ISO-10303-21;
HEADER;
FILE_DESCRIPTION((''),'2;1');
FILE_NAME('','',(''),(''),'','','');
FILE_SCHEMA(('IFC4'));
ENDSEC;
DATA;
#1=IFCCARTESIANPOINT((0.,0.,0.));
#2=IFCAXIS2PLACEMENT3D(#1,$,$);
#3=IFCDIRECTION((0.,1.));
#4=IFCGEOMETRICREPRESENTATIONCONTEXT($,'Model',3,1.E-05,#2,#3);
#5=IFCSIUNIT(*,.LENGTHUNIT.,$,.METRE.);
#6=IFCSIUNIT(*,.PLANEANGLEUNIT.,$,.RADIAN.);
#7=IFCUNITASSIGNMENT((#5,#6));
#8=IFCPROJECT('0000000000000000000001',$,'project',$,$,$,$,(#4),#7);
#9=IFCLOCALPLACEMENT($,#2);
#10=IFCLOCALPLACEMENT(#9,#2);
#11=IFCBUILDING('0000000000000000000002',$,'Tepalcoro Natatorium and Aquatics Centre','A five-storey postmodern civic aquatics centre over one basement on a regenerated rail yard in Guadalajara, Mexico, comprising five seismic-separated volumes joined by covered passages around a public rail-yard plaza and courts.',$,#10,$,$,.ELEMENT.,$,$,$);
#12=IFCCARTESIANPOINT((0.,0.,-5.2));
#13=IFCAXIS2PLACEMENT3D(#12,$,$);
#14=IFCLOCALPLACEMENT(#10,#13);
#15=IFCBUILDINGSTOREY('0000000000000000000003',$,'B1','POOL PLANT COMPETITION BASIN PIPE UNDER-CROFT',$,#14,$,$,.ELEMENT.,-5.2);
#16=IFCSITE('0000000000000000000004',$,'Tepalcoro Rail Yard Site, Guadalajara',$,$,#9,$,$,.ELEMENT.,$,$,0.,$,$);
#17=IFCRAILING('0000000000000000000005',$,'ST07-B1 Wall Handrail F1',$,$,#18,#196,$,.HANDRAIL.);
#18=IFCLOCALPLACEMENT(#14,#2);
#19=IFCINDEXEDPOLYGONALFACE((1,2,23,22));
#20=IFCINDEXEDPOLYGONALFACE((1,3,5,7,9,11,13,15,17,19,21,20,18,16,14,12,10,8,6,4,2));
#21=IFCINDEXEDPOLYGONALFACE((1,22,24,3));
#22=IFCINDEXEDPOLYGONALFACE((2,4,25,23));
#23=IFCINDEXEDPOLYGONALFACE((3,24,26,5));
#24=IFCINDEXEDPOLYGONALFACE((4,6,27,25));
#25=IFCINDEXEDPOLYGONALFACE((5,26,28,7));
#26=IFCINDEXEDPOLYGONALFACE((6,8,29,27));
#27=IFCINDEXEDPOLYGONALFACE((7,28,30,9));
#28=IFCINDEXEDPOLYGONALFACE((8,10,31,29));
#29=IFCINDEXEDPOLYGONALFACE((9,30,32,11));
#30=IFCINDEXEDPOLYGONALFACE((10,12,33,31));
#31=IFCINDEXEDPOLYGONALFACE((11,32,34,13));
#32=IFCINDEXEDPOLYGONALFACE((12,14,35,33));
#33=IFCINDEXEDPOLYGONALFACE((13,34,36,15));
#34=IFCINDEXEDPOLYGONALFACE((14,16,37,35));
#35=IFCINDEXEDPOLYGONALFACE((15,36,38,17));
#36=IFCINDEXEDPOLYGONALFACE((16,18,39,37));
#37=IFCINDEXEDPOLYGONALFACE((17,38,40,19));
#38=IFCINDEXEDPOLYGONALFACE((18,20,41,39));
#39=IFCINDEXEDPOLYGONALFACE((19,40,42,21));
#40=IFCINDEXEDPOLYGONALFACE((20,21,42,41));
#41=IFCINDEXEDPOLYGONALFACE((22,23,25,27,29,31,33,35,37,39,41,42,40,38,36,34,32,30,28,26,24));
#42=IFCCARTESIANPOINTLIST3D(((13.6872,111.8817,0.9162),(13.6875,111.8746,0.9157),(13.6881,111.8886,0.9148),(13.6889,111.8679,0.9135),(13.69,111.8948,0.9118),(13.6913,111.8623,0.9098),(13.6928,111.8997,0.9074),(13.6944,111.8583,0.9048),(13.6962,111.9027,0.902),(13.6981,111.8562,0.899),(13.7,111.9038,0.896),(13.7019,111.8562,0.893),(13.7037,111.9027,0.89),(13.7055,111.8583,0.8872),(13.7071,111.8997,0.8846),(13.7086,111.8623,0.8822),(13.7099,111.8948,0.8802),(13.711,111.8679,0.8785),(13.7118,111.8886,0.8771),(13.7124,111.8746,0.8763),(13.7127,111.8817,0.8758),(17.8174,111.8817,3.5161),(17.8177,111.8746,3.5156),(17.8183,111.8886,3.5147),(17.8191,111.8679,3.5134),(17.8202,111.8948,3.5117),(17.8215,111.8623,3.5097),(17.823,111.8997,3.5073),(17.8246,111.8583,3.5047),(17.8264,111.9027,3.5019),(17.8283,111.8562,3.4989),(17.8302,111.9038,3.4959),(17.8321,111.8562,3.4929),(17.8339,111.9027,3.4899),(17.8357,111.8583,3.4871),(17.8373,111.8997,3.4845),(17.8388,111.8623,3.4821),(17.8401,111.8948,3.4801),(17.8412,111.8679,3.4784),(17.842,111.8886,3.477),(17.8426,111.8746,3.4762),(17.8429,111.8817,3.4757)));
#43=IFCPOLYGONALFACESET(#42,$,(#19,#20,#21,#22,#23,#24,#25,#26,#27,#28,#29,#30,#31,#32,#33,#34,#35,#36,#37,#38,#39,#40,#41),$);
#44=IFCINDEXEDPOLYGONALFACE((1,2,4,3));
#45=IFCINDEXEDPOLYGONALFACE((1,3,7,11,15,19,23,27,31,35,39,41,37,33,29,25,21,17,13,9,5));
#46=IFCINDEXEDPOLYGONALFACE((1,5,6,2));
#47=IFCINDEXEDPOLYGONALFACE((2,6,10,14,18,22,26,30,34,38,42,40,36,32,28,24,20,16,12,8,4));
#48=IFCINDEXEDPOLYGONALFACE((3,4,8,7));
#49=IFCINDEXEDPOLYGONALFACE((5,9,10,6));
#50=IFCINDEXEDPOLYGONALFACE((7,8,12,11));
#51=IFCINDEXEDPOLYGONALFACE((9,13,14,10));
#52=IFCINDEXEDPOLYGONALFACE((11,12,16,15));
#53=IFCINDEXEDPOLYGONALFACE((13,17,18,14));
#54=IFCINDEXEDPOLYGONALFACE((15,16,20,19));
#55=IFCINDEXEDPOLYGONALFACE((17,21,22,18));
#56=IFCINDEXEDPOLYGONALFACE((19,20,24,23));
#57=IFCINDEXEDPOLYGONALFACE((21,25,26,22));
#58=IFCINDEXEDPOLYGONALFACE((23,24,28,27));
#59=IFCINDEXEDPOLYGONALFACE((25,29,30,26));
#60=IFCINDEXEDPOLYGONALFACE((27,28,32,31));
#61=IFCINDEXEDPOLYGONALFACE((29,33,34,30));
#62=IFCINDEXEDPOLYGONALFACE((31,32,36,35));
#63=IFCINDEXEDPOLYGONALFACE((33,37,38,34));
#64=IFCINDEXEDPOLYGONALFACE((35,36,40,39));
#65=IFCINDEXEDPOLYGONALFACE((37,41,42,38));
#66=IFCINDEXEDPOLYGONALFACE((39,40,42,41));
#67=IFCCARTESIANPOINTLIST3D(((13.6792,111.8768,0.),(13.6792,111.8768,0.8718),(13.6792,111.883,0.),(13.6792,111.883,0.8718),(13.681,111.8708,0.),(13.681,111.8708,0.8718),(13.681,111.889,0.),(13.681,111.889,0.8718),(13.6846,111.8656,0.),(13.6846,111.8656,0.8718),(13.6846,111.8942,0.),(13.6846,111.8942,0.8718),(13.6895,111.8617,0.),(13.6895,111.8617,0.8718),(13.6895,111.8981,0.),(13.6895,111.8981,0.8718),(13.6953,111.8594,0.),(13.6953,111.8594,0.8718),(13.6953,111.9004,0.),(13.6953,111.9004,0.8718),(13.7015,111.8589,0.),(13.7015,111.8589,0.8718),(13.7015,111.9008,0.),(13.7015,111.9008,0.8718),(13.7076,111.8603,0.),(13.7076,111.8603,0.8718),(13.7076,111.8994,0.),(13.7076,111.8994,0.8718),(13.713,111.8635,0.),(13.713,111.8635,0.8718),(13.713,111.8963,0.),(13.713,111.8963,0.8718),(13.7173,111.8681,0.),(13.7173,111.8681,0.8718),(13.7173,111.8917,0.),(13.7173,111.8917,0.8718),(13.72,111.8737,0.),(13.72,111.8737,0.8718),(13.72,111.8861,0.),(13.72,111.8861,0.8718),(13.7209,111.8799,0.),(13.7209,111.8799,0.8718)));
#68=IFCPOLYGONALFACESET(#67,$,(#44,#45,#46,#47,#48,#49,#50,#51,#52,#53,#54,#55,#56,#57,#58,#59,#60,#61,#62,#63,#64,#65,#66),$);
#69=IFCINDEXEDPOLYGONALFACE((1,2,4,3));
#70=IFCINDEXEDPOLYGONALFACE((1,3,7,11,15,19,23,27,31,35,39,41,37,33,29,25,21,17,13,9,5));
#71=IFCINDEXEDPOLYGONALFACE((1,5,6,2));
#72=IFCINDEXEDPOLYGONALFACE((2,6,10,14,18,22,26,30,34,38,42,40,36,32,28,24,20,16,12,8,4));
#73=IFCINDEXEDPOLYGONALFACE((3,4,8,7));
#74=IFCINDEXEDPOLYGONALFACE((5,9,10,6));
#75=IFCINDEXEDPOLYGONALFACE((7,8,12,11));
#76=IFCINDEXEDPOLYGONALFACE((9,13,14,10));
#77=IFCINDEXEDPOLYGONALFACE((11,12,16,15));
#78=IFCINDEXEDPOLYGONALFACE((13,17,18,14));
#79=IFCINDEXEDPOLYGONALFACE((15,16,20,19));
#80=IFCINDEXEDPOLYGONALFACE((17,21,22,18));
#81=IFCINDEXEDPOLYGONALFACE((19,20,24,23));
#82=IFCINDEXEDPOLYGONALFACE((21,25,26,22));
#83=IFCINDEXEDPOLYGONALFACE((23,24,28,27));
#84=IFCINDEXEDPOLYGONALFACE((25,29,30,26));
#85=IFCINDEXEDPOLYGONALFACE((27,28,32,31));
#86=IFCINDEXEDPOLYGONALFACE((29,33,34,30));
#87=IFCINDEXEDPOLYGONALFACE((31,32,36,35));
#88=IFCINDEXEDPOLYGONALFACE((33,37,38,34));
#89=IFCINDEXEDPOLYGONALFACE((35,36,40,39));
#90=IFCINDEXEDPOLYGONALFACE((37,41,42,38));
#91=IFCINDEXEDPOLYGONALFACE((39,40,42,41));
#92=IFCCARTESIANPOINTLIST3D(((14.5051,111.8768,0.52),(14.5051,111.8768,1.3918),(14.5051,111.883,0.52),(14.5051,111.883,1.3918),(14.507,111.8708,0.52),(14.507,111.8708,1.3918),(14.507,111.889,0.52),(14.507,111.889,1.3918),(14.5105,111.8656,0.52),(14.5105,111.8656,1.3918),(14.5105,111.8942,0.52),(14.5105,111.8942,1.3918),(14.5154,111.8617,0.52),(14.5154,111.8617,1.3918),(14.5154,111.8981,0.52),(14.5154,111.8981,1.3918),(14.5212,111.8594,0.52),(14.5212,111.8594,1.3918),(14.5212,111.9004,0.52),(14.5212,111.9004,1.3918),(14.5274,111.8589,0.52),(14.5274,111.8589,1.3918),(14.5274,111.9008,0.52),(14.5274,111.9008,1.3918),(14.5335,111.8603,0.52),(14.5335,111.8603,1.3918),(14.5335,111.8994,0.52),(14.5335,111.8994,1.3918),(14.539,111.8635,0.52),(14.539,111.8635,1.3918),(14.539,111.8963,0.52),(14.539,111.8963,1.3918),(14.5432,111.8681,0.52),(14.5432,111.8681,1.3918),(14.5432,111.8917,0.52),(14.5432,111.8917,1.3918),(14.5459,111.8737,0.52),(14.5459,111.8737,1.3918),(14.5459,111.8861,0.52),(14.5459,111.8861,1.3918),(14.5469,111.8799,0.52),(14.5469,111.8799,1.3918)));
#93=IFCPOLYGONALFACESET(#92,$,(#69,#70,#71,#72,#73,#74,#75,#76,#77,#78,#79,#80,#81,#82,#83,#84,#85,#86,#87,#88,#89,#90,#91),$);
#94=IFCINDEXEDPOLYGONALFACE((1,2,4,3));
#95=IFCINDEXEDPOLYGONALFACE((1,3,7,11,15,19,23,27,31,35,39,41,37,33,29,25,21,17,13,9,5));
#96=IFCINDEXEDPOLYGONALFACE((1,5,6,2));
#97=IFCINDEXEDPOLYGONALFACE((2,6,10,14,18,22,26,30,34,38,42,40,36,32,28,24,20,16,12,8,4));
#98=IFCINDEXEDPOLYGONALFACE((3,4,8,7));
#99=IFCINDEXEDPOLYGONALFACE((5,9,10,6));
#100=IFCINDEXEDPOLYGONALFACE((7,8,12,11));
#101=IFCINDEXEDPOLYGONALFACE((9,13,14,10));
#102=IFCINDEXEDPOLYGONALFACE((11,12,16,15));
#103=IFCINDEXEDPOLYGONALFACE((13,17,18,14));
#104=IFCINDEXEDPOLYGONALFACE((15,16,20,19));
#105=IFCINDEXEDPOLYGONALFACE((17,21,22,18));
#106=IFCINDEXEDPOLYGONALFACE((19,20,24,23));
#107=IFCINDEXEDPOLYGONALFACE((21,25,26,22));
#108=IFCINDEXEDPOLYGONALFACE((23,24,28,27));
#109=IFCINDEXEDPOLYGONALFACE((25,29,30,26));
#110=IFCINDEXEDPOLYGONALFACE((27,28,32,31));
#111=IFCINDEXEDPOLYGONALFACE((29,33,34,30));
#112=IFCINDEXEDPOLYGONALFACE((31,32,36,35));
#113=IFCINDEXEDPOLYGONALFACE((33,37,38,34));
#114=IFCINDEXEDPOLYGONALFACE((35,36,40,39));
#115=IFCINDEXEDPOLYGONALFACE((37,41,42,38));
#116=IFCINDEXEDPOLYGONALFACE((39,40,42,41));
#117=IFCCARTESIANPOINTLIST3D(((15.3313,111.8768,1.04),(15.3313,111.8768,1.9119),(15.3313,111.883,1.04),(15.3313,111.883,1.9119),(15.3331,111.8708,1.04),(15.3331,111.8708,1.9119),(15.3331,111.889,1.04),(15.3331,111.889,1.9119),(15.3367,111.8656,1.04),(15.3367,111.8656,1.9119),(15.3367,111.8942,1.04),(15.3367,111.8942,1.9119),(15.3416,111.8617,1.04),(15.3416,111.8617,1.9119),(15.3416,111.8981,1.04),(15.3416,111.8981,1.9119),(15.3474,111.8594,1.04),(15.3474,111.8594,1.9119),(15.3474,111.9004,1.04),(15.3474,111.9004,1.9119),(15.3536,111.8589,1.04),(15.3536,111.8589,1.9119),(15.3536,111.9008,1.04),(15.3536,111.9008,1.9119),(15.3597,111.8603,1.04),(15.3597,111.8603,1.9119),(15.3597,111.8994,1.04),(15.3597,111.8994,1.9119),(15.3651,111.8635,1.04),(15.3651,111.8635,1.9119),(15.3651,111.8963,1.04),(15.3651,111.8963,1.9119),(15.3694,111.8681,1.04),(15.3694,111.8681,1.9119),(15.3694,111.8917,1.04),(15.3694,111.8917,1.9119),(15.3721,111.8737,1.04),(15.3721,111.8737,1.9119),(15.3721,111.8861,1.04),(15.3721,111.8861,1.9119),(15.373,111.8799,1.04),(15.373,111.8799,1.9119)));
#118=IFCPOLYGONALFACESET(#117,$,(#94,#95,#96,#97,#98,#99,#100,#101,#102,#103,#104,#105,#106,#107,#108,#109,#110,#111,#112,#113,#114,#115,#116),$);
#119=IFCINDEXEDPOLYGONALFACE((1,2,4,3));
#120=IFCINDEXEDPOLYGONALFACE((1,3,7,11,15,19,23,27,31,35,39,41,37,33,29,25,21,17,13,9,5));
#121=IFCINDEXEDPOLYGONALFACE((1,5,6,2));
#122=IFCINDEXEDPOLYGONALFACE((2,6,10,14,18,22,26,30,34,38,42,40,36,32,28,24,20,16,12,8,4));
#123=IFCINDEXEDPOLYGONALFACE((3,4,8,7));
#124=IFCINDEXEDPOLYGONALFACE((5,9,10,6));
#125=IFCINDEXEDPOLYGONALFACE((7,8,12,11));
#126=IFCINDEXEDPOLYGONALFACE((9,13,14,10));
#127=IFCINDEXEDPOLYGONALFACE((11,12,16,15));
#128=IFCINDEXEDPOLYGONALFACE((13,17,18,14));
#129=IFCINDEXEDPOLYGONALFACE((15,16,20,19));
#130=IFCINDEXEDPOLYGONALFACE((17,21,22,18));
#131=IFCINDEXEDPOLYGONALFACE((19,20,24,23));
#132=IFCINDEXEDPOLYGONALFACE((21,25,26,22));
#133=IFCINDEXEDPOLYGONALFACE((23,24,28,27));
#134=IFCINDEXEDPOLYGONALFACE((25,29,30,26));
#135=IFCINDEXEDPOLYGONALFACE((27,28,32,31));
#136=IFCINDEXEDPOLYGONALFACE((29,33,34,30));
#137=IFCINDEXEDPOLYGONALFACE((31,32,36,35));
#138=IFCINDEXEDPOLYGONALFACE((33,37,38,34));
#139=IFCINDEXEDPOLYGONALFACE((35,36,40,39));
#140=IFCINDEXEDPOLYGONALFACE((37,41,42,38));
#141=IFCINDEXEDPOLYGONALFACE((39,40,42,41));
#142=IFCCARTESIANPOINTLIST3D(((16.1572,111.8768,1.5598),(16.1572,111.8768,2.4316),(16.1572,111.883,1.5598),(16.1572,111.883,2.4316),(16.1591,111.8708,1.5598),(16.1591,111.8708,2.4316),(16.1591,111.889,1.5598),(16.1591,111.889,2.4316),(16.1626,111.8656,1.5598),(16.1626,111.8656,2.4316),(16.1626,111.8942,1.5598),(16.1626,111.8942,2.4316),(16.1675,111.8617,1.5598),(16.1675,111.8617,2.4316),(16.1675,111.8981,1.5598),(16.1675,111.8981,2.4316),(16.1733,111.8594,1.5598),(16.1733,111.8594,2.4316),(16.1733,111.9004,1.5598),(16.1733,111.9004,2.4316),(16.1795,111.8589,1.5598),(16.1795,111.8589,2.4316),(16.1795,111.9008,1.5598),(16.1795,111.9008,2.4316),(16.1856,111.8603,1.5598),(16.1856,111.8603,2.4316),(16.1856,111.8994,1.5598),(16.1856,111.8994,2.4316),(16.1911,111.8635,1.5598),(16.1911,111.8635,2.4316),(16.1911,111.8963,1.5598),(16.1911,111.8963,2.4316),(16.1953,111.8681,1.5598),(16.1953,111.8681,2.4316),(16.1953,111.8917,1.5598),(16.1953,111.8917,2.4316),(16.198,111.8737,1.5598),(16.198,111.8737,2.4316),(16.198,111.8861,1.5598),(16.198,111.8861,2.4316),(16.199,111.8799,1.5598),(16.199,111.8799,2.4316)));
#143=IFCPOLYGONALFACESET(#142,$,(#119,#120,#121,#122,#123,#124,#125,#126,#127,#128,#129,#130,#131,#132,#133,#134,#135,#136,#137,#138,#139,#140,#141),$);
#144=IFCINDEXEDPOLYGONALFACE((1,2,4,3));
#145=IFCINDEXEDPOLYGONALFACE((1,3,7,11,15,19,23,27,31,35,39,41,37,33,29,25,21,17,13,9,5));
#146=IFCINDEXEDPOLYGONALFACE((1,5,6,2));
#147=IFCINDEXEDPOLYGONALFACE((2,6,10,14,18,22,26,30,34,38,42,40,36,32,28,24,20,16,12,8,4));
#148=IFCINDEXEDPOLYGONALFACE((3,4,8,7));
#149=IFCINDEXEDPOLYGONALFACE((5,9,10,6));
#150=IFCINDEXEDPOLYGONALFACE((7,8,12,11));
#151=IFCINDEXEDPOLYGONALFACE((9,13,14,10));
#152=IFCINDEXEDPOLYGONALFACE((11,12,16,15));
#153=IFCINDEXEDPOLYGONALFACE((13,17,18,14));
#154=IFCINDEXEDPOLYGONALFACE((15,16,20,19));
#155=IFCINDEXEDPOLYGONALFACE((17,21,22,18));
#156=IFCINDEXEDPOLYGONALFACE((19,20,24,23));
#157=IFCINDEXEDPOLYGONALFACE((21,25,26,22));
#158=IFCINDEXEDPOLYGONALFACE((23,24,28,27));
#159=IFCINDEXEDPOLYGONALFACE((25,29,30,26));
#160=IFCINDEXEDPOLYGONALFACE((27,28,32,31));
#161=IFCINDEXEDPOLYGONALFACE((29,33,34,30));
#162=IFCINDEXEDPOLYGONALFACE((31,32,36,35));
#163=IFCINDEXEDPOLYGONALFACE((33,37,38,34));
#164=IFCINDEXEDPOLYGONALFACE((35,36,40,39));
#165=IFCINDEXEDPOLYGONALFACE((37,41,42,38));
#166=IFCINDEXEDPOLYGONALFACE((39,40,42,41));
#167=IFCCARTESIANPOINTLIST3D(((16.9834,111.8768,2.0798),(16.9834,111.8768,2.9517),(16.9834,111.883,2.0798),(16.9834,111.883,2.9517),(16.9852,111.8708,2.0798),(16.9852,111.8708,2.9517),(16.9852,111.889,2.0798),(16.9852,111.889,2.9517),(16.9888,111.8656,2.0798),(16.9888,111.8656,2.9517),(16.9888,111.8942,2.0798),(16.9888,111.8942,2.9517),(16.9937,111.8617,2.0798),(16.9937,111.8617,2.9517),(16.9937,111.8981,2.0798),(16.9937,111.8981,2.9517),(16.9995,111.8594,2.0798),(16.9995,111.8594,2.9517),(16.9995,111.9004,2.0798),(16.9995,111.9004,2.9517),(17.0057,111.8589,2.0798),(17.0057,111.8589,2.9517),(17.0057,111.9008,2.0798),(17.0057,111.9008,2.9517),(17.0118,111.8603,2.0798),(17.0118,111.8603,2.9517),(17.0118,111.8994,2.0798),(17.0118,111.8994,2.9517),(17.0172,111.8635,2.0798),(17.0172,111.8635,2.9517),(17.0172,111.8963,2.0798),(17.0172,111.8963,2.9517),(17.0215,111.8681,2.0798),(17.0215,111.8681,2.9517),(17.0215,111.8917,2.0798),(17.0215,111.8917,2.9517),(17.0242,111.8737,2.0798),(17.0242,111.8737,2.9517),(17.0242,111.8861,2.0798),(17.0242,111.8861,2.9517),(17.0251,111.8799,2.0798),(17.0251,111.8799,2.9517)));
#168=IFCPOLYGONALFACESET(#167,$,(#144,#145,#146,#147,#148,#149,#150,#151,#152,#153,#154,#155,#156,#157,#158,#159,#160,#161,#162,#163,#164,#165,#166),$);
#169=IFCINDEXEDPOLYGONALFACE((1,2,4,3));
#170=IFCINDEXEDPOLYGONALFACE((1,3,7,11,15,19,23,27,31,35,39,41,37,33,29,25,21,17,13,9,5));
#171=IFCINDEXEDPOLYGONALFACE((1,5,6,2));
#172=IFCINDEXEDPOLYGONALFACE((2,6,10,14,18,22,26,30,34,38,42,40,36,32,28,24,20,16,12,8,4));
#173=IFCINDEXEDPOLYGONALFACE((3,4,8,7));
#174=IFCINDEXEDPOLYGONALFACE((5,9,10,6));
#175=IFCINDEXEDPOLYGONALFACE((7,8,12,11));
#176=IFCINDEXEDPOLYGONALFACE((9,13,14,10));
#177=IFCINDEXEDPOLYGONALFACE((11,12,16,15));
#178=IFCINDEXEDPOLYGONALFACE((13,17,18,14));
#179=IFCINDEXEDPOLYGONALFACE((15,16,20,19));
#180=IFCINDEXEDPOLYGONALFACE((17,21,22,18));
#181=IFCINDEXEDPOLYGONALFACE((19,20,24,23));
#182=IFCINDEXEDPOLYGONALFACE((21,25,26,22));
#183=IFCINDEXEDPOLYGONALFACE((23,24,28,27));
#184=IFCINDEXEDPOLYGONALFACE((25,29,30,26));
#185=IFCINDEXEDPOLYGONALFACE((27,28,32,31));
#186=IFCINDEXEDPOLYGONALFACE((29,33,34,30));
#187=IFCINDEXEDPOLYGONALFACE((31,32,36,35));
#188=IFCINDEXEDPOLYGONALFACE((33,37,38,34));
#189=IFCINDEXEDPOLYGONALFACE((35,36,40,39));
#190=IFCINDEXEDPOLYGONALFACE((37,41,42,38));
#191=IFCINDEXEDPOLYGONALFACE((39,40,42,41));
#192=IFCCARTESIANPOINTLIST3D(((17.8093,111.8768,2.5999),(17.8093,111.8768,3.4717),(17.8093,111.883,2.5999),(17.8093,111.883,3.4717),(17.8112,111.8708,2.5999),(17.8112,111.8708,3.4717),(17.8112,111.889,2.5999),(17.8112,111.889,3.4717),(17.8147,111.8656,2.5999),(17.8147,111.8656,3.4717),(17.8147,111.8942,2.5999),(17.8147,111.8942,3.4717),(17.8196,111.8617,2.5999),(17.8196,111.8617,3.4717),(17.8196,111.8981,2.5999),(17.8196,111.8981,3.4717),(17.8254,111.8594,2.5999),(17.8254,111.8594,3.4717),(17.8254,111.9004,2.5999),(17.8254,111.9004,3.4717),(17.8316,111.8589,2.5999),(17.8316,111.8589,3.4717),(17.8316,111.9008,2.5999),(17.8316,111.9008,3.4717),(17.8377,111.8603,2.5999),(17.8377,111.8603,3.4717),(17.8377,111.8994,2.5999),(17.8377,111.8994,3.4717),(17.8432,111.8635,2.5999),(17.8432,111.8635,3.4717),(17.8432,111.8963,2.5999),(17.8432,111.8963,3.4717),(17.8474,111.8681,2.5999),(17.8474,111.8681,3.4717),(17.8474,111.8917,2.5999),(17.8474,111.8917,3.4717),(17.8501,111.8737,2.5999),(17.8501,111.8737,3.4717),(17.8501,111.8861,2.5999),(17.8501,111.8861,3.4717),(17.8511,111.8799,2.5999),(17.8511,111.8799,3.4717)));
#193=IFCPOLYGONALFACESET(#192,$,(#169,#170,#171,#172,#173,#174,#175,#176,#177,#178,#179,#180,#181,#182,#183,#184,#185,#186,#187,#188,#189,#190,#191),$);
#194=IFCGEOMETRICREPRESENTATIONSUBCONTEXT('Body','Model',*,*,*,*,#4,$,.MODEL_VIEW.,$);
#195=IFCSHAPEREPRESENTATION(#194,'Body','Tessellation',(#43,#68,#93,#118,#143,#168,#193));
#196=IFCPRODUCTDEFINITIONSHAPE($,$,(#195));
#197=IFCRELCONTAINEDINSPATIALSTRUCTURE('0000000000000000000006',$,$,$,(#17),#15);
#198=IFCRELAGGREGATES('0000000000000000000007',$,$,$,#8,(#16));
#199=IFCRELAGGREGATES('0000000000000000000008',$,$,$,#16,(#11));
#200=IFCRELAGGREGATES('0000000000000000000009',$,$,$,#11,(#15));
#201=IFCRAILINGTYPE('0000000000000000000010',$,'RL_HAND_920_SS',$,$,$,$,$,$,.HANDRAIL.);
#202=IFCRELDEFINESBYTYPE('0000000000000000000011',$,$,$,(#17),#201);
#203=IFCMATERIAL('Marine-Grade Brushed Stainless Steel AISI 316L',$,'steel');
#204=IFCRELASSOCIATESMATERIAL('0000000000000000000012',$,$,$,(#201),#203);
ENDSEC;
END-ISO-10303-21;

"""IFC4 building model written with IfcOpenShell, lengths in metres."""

from ifc_helpers import new_model, si_unit, direction, frame, origin, origin_2d, place, context, subcontext, project, spatial, circle, extrude, material, type_object, element, save


model = new_model("IFC4")

# Units and contexts
model_context = context("Model", 3, precision=1e-05, world=origin(), true_north=direction((0.0, 1.0)))
body_context = subcontext(model_context, "Body", "Model", "MODEL_VIEW")
ifc_project = project(units=[si_unit("LENGTHUNIT", "METRE"), si_unit("PLANEANGLEUNIT", "RADIAN")], contexts=[model_context])

# Site, building, storey
site_placement = place(None, origin())
site = spatial("IfcSite", under=ifc_project, at=site_placement, Name="Tepalcoro Rail Yard Site, Guadalajara", CompositionType="ELEMENT", RefElevation=0.0)
building_placement = place(site_placement, origin())
building = spatial("IfcBuilding", under=site, at=building_placement, Name="Tepalcoro Natatorium and Aquatics Centre", Description="A five-storey postmodern civic aquatics centre over one basement on a regenerated rail yard in Guadalajara, Mexico, comprising five seismic-separated volumes joined by covered passages around a public rail-yard plaza and courts.", CompositionType="ELEMENT")
storey_placement = place(building_placement, frame((0.0, 0.0, -5.2)))
storey = spatial("IfcBuildingStorey", under=building, at=storey_placement, Name="B1", Description="POOL PLANT COMPETITION BASIN PIPE UNDER-CROFT", CompositionType="ELEMENT", Elevation=-5.2)

# Railing
ifc_material_1 = material(Name="Marine-Grade Brushed Stainless Steel AISI 316L", Category="steel")
railing_type_1 = type_object("IfcRailingType", Name="RL_HAND_920_SS", PredefinedType="HANDRAIL", material=ifc_material_1)
railing_1_placement = place(storey_placement, frame((13.7, 111.8799, 0.0)))
element("IfcRailing", 1, at=railing_1_placement, inside=storey, type_object=railing_type_1, Name="ST07-B1 Wall Handrail F1", PredefinedType="HANDRAIL", context=body_context, shape_type="SweptSolid", body=[
    extrude(circle(Radius=0.0239, at=origin_2d()), frame((0.0, 0.0, 0.896), z_axis=(0.846288, 0.0, 0.532726), x_axis=(0.0, 1.0, 0.0)), (0.0, 0.0, 1.0), 4.8804),
    extrude(circle(Radius=0.021, at=origin_2d()), origin(), (0.0, 0.0, 1.0), 0.8718),
    extrude(circle(Radius=0.021, at=origin_2d()), frame((0.8259, 0.0, 0.52)), (0.0, 0.0, 1.0), 0.8718),
    extrude(circle(Radius=0.021, at=origin_2d()), frame((1.6521, 0.0, 1.04)), (0.0, 0.0, 1.0), 0.8718),
    extrude(circle(Radius=0.021, at=origin_2d()), frame((2.478, 0.0, 1.5598)), (0.0, 0.0, 1.0), 0.8718),
    extrude(circle(Radius=0.021, at=origin_2d()), frame((3.3042, 0.0, 2.0798)), (0.0, 0.0, 1.0), 0.8718),
    extrude(circle(Radius=0.021, at=origin_2d()), frame((4.1301, 0.0, 2.5999)), (0.0, 0.0, 1.0), 0.8718),
])

save(model, "model.ifc")
